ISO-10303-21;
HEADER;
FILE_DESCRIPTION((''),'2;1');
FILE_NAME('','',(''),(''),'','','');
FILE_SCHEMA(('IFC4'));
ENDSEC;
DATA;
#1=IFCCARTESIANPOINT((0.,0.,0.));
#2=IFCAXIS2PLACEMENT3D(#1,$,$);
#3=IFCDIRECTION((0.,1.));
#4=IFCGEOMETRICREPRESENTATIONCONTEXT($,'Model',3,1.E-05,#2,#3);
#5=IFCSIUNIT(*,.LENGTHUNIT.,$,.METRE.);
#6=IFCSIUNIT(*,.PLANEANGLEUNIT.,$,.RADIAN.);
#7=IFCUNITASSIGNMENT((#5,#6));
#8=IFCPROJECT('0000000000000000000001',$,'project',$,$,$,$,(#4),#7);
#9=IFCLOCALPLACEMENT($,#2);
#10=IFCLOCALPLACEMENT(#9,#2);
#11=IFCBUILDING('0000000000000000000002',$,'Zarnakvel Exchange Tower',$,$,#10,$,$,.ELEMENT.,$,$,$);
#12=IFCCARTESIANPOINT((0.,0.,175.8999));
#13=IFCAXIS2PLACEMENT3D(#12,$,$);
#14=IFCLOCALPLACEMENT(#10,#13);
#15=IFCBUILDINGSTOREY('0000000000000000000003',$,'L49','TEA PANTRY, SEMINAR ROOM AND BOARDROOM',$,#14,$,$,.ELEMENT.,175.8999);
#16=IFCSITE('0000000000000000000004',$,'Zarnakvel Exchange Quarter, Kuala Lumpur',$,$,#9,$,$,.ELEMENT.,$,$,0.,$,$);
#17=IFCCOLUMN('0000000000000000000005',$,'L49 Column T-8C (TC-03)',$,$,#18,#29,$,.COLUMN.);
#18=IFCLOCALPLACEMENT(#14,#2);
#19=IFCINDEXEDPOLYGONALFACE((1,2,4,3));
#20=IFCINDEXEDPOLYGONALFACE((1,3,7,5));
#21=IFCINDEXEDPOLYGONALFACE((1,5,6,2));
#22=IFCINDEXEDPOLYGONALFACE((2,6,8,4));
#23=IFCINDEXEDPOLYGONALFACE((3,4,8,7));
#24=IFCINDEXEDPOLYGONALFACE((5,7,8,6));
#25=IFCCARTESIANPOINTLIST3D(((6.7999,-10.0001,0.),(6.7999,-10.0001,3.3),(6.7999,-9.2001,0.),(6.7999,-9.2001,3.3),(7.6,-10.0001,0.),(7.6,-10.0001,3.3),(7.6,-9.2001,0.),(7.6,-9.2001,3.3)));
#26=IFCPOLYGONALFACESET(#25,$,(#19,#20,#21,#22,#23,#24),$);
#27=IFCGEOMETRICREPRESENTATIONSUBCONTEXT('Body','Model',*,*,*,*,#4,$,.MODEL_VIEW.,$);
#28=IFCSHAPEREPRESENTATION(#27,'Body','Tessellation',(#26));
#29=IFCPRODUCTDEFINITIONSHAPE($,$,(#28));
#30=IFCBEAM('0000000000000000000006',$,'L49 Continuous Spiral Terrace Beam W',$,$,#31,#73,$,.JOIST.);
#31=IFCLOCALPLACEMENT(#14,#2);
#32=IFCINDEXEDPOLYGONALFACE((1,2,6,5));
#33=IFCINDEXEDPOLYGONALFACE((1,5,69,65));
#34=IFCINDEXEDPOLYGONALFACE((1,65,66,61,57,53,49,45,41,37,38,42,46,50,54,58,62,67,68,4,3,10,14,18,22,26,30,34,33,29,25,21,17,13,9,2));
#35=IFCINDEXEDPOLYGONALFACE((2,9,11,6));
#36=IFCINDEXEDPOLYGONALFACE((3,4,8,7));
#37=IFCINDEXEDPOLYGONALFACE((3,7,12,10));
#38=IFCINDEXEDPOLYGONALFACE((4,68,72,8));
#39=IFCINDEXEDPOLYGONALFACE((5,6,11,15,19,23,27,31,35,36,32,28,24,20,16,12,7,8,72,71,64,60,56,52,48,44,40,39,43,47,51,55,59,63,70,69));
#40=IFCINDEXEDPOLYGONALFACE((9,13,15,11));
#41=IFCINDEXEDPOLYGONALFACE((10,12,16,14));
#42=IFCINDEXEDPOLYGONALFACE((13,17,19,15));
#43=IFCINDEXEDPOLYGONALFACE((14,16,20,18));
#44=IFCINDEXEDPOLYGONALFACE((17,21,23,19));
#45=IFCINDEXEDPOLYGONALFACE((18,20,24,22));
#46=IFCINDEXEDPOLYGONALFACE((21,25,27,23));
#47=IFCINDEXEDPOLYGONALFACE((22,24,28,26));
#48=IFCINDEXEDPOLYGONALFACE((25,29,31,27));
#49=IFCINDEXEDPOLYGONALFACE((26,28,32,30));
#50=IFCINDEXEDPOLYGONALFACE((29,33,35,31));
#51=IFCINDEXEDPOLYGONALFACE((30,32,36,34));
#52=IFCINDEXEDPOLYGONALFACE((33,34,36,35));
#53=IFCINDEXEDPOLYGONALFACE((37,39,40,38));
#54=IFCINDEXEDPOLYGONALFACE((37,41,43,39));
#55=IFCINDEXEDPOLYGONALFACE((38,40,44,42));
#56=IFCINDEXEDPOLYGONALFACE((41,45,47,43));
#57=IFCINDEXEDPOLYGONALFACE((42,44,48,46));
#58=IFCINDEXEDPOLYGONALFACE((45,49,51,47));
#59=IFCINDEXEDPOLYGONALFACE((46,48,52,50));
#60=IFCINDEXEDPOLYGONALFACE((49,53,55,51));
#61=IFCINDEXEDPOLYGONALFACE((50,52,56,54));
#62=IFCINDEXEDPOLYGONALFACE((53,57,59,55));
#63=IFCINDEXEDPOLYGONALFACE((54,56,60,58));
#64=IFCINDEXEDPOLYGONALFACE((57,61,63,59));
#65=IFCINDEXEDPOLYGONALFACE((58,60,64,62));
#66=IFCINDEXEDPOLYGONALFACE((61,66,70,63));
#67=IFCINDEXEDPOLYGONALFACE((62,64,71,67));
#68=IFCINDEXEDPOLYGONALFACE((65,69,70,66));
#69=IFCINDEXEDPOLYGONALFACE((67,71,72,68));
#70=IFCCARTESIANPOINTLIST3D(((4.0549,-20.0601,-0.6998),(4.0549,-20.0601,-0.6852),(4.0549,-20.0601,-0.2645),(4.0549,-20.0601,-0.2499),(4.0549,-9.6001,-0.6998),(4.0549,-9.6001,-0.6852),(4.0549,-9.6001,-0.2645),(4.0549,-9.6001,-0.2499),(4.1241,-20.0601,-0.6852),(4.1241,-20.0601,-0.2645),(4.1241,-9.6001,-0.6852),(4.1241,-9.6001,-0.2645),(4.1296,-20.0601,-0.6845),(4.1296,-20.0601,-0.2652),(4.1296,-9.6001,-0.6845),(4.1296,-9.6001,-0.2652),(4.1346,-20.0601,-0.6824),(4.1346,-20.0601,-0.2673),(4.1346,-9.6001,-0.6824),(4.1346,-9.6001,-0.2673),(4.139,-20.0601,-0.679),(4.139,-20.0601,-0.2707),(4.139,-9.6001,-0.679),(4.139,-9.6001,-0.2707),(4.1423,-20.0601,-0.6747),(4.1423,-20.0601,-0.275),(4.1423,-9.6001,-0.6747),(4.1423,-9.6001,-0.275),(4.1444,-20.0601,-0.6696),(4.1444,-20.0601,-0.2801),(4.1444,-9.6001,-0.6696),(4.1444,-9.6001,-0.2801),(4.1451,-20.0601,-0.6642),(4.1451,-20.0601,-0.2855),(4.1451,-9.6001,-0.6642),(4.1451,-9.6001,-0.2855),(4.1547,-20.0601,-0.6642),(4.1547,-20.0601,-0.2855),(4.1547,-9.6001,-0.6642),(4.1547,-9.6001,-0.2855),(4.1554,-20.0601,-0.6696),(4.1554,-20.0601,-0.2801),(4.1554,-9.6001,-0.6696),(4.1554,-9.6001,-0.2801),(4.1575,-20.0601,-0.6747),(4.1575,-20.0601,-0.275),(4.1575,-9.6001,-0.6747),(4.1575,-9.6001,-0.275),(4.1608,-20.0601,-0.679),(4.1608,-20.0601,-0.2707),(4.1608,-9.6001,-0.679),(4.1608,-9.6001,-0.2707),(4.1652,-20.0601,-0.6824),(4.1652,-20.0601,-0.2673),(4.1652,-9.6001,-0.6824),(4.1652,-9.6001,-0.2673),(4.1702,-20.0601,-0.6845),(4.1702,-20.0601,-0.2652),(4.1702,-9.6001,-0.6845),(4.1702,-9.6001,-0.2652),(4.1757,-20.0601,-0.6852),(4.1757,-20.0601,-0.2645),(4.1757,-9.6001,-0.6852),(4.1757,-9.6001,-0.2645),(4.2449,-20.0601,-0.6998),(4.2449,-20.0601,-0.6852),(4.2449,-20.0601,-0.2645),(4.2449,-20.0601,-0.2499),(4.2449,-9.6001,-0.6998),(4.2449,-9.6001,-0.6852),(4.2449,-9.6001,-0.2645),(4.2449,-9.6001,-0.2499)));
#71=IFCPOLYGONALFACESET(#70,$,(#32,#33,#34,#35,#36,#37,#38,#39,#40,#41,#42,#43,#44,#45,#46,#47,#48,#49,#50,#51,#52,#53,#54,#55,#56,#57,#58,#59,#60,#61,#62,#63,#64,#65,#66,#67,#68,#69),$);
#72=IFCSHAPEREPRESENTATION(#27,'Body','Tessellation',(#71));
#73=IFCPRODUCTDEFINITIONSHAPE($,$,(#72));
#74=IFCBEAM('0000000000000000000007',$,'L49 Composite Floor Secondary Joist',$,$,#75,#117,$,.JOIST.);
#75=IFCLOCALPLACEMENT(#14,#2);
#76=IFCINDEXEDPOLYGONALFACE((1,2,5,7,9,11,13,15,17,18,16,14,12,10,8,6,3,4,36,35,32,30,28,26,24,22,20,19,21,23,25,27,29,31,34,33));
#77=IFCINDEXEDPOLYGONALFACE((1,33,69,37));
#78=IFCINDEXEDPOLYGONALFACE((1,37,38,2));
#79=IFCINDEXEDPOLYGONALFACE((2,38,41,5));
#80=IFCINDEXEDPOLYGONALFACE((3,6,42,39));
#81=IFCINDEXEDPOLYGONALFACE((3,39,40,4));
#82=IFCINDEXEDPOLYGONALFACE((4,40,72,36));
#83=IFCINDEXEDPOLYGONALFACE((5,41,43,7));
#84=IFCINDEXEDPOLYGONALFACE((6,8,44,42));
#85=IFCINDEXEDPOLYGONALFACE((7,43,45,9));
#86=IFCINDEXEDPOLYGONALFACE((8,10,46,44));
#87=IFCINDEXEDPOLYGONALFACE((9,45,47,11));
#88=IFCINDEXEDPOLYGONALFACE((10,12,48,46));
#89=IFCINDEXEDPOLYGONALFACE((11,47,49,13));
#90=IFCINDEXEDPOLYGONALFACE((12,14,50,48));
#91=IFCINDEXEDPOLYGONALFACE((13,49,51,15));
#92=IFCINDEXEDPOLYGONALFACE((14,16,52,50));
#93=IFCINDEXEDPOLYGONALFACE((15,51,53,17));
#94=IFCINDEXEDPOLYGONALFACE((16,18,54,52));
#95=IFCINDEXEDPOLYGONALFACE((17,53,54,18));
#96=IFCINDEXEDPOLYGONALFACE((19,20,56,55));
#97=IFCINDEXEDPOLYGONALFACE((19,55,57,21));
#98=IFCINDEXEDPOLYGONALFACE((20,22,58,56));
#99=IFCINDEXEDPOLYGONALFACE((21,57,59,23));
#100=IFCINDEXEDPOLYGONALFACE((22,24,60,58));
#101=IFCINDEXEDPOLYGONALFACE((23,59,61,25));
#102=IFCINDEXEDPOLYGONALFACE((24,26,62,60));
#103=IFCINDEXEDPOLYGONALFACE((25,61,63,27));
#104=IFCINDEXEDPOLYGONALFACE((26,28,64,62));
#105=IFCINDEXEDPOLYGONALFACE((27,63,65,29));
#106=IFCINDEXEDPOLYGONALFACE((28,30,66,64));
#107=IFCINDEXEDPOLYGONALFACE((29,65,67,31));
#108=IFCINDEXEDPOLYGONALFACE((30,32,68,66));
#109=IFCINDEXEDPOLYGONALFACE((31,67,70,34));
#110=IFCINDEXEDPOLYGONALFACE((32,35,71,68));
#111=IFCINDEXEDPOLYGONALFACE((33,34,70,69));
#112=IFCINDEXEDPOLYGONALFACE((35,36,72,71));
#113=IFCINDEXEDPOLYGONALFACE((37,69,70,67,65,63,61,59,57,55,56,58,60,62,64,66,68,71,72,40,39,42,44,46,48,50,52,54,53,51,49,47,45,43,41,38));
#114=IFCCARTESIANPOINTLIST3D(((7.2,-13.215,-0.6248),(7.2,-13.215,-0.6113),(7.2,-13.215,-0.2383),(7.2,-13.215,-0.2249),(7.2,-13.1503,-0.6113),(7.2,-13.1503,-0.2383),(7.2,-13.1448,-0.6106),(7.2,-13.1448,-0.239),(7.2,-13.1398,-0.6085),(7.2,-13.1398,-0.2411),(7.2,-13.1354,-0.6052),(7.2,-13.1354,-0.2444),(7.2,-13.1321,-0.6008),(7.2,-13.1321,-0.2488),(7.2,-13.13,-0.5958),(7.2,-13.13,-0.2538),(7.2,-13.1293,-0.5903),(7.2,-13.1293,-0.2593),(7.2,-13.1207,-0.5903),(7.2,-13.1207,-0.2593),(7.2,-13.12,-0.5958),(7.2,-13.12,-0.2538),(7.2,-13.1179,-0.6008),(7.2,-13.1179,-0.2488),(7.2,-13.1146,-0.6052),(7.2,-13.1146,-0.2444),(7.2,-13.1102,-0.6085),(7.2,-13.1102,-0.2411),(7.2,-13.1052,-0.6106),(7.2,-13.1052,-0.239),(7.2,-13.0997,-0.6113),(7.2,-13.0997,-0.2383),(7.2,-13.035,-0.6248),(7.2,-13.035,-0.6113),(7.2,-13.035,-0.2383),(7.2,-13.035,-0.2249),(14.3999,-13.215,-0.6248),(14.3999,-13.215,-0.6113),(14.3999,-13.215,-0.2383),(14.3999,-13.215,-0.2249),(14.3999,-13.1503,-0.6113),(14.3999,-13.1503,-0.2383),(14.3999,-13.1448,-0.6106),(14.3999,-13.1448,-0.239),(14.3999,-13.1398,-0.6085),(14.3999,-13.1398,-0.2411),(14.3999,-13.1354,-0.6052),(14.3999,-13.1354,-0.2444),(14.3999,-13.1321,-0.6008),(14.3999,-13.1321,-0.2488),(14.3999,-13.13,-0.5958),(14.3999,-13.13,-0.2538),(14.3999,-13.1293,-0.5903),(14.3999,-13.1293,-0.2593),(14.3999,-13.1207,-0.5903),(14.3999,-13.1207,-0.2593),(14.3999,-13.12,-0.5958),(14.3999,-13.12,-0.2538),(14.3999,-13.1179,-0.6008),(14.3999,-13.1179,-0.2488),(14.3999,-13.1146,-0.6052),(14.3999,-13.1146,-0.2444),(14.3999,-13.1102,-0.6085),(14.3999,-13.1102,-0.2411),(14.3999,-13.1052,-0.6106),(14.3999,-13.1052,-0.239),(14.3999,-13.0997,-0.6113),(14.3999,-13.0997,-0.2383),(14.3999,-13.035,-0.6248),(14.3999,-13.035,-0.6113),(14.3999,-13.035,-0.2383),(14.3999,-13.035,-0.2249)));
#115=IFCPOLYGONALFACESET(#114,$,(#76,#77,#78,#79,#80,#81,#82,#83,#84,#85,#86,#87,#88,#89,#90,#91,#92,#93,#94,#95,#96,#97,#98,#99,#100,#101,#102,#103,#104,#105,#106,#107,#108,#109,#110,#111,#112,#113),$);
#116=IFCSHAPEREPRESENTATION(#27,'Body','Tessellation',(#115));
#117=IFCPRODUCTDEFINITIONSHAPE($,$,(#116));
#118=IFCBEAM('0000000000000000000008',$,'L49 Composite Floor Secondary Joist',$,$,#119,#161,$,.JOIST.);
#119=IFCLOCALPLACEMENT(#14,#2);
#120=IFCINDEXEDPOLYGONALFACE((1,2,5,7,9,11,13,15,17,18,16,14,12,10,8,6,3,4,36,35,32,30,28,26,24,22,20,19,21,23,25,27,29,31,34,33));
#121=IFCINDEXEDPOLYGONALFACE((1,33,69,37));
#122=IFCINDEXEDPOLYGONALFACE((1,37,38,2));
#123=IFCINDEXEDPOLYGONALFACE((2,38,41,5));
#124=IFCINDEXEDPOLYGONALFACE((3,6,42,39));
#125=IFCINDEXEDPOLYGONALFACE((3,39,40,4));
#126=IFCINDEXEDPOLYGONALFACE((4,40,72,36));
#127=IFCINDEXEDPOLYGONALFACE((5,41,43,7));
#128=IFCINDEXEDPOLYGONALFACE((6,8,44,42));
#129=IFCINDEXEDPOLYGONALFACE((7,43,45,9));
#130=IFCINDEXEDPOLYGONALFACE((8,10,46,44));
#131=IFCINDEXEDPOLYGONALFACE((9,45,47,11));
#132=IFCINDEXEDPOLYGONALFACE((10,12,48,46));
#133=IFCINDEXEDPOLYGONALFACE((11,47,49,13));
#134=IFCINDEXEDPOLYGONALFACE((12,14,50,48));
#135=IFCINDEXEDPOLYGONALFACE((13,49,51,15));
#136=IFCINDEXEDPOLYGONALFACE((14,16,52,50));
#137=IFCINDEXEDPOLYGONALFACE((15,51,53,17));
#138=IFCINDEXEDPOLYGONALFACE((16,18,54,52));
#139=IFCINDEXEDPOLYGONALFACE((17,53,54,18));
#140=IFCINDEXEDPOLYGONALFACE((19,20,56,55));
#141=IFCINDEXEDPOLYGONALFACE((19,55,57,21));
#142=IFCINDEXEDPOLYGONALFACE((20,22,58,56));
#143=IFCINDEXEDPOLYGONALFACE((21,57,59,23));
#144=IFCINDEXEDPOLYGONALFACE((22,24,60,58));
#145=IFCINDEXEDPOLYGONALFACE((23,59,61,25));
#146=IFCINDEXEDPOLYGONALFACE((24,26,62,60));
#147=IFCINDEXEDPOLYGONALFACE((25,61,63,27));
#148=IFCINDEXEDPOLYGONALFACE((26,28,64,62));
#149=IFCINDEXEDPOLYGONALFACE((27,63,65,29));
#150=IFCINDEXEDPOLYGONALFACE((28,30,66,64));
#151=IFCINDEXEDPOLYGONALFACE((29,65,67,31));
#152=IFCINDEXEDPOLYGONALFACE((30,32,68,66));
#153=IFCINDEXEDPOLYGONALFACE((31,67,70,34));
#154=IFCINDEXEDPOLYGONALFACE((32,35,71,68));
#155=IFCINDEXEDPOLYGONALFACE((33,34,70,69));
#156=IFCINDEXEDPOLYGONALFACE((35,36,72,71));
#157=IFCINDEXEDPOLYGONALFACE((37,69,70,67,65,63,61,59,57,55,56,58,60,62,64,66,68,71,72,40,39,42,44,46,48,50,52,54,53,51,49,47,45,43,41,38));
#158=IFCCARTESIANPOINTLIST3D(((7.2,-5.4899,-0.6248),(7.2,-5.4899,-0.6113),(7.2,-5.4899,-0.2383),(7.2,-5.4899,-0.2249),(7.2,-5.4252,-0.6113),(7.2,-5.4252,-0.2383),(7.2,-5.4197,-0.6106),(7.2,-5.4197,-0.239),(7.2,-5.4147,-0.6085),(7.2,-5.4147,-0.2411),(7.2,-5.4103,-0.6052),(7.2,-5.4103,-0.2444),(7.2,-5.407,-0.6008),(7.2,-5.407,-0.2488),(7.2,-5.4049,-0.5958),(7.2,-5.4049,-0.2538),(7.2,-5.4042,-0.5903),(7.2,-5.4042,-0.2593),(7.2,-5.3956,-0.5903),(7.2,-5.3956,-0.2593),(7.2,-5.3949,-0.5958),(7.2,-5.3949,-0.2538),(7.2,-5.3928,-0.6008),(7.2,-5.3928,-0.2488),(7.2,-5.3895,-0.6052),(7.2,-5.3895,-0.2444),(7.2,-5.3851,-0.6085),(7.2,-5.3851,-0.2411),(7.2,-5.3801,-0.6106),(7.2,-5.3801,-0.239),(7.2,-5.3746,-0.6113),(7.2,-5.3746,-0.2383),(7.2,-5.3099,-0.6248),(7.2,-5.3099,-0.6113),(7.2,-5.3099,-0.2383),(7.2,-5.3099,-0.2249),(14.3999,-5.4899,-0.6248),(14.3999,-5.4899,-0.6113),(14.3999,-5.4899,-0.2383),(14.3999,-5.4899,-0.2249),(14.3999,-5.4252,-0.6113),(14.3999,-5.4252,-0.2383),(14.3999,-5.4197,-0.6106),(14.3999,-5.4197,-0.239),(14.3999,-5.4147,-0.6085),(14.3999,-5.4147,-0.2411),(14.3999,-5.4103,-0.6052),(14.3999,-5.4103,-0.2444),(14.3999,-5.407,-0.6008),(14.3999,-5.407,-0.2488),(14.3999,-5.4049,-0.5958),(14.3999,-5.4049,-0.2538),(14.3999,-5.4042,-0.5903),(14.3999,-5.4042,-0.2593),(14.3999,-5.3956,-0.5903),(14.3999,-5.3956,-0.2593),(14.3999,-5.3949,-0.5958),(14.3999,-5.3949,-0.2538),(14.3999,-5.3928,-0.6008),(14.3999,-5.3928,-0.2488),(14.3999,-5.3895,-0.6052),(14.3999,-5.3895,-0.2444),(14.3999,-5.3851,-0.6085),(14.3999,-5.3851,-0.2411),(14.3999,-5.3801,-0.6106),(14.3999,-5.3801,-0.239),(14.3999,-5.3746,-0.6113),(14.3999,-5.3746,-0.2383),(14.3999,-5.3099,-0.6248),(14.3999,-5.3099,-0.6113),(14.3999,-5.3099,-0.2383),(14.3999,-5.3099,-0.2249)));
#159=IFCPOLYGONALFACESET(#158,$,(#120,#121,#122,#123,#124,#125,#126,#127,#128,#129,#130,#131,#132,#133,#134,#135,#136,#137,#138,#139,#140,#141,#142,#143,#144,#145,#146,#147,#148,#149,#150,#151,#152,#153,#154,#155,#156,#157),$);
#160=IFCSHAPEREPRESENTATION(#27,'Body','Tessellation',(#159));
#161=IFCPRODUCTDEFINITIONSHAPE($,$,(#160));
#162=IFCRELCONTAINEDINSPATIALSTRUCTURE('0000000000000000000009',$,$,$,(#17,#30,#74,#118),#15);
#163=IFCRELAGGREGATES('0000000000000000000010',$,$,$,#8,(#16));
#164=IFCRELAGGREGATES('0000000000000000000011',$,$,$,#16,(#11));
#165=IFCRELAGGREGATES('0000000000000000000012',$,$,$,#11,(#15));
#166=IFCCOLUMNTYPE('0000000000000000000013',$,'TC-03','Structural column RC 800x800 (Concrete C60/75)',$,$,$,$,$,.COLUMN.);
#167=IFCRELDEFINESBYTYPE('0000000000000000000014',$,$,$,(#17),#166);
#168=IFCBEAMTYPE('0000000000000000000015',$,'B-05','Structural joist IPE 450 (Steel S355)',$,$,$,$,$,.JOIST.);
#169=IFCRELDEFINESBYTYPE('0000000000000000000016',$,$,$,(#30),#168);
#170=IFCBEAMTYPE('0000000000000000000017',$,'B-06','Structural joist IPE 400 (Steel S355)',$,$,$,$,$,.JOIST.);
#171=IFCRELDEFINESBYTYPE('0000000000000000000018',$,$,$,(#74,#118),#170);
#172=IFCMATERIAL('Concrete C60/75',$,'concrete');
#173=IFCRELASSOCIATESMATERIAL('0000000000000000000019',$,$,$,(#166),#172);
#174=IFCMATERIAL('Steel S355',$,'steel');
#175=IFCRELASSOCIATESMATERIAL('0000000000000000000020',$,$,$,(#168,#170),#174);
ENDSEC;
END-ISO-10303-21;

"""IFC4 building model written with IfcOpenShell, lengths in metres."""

from ifc_helpers import new_model, si_unit, direction, frame, origin, origin_2d, place, context, subcontext, project, spatial, rectangle, i_section, extrude, material, material_profile, profile_set, type_object, element, save


model = new_model("IFC4")

# Units and contexts
model_context = context("Model", 3, precision=1e-05, world=origin(), true_north=direction((0.0, 1.0)))
body_context = subcontext(model_context, "Body", "Model", "MODEL_VIEW")
ifc_project = project(units=[si_unit("LENGTHUNIT", "METRE"), si_unit("PLANEANGLEUNIT", "RADIAN")], contexts=[model_context])

# Site, building, storey
site_placement = place(None, origin())
site = spatial("IfcSite", under=ifc_project, at=site_placement, Name="Zarnakvel Exchange Quarter, Kuala Lumpur", CompositionType="ELEMENT", RefElevation=0.0)
building_placement = place(site_placement, origin())
building = spatial("IfcBuilding", under=site, at=building_placement, Name="Zarnakvel Exchange Tower", CompositionType="ELEMENT")
storey_placement = place(building_placement, frame((0.0, 0.0, 175.8999)))
storey = spatial("IfcBuildingStorey", under=building, at=storey_placement, Name="L49", Description="TEA PANTRY, SEMINAR ROOM AND BOARDROOM", CompositionType="ELEMENT", Elevation=175.8999)

# Column
ifc_material_1 = material(Name="Concrete C60/75", Category="concrete")
ifc_material_profile_1 = material_profile(ifc_material_1, rectangle(XDim=0.8, YDim=0.8, at=origin_2d()))
ifc_profile_set_1 = profile_set([ifc_material_profile_1], Name="Concrete C60/75")
column_type = type_object("IfcColumnType", Name="TC-03", Description="Structural column RC 800x800 (Concrete C60/75)", PredefinedType="COLUMN", material=ifc_profile_set_1)
column_placement = place(storey_placement, frame((7.2, -9.6001, 0.0), z_axis=(0.0, 0.0, 1.0), x_axis=(1.0, 0.0, 0.0)))
element("IfcColumn", 1, at=column_placement, inside=storey, type_object=column_type, Name="L49 Column T-8C (TC-03)", PredefinedType="COLUMN", context=body_context, shape_type="SweptSolid", body=[
    extrude(rectangle(XDim=0.8, YDim=0.8, at=origin_2d()), origin(), (0.0, 0.0, 1.0), 3.3),
])

# Beams
ifc_material_2 = material(Name="Steel S355", Category="steel")
ifc_material_profile_2 = material_profile(ifc_material_2, i_section(OverallWidth=0.1899, OverallDepth=0.45, WebThickness=0.0095, FlangeThickness=0.0146, FilletRadius=0.021, at=origin_2d()))
ifc_profile_set_2 = profile_set([ifc_material_profile_2], Name="Steel S355")
beam_type_1 = type_object("IfcBeamType", Name="B-05", Description="Structural joist IPE 450 (Steel S355)", PredefinedType="JOIST", material=ifc_profile_set_2)
beam_1_placement = place(storey_placement, frame((4.1499, -9.6001, -0.4749), z_axis=(0.0, -1.0, 0.0), x_axis=(1.0, 0.0, 0.0)))
element("IfcBeam", 2, at=beam_1_placement, inside=storey, type_object=beam_type_1, Name="L49 Continuous Spiral Terrace Beam W", PredefinedType="JOIST", context=body_context, shape_type="SweptSolid", body=[
    extrude(i_section(OverallWidth=0.1899, OverallDepth=0.45, WebThickness=0.0095, FlangeThickness=0.0146, FilletRadius=0.021, at=origin_2d()), origin(), (0.0, 0.0, 1.0), 10.46),
])
ifc_material_profile_3 = material_profile(ifc_material_2, i_section(OverallWidth=0.1799, OverallDepth=0.3999, WebThickness=0.0085, FlangeThickness=0.0134, FilletRadius=0.021, at=origin_2d()))
ifc_profile_set_3 = profile_set([ifc_material_profile_3], Name="Steel S355")
beam_type_2 = type_object("IfcBeamType", Name="B-06", Description="Structural joist IPE 400 (Steel S355)", PredefinedType="JOIST", material=ifc_profile_set_3)
for number, where, z_axis, x_axis, name in (
    (3, (7.2, -13.125, -0.4248), (1.0, 0.0, 0.0), (0.0, 1.0, 0.0), "L49 Composite Floor Secondary Joist"),
    (4, (7.2, -5.3999, -0.4248), (1.0, 0.0, 0.0), (0.0, 1.0, 0.0), "L49 Composite Floor Secondary Joist"),
):
    element("IfcBeam", number, at=place(storey_placement, frame(where, z_axis=z_axis, x_axis=x_axis)), inside=storey, type_object=beam_type_2, Name=name, PredefinedType="JOIST", context=body_context, shape_type="SweptSolid", body=[
        extrude(i_section(OverallWidth=0.1799, OverallDepth=0.3999, WebThickness=0.0085, FlangeThickness=0.0134, FilletRadius=0.021, at=origin_2d()), origin(), (0.0, 0.0, 1.0), 7.2),
    ])

save(model, "model.ifc")
